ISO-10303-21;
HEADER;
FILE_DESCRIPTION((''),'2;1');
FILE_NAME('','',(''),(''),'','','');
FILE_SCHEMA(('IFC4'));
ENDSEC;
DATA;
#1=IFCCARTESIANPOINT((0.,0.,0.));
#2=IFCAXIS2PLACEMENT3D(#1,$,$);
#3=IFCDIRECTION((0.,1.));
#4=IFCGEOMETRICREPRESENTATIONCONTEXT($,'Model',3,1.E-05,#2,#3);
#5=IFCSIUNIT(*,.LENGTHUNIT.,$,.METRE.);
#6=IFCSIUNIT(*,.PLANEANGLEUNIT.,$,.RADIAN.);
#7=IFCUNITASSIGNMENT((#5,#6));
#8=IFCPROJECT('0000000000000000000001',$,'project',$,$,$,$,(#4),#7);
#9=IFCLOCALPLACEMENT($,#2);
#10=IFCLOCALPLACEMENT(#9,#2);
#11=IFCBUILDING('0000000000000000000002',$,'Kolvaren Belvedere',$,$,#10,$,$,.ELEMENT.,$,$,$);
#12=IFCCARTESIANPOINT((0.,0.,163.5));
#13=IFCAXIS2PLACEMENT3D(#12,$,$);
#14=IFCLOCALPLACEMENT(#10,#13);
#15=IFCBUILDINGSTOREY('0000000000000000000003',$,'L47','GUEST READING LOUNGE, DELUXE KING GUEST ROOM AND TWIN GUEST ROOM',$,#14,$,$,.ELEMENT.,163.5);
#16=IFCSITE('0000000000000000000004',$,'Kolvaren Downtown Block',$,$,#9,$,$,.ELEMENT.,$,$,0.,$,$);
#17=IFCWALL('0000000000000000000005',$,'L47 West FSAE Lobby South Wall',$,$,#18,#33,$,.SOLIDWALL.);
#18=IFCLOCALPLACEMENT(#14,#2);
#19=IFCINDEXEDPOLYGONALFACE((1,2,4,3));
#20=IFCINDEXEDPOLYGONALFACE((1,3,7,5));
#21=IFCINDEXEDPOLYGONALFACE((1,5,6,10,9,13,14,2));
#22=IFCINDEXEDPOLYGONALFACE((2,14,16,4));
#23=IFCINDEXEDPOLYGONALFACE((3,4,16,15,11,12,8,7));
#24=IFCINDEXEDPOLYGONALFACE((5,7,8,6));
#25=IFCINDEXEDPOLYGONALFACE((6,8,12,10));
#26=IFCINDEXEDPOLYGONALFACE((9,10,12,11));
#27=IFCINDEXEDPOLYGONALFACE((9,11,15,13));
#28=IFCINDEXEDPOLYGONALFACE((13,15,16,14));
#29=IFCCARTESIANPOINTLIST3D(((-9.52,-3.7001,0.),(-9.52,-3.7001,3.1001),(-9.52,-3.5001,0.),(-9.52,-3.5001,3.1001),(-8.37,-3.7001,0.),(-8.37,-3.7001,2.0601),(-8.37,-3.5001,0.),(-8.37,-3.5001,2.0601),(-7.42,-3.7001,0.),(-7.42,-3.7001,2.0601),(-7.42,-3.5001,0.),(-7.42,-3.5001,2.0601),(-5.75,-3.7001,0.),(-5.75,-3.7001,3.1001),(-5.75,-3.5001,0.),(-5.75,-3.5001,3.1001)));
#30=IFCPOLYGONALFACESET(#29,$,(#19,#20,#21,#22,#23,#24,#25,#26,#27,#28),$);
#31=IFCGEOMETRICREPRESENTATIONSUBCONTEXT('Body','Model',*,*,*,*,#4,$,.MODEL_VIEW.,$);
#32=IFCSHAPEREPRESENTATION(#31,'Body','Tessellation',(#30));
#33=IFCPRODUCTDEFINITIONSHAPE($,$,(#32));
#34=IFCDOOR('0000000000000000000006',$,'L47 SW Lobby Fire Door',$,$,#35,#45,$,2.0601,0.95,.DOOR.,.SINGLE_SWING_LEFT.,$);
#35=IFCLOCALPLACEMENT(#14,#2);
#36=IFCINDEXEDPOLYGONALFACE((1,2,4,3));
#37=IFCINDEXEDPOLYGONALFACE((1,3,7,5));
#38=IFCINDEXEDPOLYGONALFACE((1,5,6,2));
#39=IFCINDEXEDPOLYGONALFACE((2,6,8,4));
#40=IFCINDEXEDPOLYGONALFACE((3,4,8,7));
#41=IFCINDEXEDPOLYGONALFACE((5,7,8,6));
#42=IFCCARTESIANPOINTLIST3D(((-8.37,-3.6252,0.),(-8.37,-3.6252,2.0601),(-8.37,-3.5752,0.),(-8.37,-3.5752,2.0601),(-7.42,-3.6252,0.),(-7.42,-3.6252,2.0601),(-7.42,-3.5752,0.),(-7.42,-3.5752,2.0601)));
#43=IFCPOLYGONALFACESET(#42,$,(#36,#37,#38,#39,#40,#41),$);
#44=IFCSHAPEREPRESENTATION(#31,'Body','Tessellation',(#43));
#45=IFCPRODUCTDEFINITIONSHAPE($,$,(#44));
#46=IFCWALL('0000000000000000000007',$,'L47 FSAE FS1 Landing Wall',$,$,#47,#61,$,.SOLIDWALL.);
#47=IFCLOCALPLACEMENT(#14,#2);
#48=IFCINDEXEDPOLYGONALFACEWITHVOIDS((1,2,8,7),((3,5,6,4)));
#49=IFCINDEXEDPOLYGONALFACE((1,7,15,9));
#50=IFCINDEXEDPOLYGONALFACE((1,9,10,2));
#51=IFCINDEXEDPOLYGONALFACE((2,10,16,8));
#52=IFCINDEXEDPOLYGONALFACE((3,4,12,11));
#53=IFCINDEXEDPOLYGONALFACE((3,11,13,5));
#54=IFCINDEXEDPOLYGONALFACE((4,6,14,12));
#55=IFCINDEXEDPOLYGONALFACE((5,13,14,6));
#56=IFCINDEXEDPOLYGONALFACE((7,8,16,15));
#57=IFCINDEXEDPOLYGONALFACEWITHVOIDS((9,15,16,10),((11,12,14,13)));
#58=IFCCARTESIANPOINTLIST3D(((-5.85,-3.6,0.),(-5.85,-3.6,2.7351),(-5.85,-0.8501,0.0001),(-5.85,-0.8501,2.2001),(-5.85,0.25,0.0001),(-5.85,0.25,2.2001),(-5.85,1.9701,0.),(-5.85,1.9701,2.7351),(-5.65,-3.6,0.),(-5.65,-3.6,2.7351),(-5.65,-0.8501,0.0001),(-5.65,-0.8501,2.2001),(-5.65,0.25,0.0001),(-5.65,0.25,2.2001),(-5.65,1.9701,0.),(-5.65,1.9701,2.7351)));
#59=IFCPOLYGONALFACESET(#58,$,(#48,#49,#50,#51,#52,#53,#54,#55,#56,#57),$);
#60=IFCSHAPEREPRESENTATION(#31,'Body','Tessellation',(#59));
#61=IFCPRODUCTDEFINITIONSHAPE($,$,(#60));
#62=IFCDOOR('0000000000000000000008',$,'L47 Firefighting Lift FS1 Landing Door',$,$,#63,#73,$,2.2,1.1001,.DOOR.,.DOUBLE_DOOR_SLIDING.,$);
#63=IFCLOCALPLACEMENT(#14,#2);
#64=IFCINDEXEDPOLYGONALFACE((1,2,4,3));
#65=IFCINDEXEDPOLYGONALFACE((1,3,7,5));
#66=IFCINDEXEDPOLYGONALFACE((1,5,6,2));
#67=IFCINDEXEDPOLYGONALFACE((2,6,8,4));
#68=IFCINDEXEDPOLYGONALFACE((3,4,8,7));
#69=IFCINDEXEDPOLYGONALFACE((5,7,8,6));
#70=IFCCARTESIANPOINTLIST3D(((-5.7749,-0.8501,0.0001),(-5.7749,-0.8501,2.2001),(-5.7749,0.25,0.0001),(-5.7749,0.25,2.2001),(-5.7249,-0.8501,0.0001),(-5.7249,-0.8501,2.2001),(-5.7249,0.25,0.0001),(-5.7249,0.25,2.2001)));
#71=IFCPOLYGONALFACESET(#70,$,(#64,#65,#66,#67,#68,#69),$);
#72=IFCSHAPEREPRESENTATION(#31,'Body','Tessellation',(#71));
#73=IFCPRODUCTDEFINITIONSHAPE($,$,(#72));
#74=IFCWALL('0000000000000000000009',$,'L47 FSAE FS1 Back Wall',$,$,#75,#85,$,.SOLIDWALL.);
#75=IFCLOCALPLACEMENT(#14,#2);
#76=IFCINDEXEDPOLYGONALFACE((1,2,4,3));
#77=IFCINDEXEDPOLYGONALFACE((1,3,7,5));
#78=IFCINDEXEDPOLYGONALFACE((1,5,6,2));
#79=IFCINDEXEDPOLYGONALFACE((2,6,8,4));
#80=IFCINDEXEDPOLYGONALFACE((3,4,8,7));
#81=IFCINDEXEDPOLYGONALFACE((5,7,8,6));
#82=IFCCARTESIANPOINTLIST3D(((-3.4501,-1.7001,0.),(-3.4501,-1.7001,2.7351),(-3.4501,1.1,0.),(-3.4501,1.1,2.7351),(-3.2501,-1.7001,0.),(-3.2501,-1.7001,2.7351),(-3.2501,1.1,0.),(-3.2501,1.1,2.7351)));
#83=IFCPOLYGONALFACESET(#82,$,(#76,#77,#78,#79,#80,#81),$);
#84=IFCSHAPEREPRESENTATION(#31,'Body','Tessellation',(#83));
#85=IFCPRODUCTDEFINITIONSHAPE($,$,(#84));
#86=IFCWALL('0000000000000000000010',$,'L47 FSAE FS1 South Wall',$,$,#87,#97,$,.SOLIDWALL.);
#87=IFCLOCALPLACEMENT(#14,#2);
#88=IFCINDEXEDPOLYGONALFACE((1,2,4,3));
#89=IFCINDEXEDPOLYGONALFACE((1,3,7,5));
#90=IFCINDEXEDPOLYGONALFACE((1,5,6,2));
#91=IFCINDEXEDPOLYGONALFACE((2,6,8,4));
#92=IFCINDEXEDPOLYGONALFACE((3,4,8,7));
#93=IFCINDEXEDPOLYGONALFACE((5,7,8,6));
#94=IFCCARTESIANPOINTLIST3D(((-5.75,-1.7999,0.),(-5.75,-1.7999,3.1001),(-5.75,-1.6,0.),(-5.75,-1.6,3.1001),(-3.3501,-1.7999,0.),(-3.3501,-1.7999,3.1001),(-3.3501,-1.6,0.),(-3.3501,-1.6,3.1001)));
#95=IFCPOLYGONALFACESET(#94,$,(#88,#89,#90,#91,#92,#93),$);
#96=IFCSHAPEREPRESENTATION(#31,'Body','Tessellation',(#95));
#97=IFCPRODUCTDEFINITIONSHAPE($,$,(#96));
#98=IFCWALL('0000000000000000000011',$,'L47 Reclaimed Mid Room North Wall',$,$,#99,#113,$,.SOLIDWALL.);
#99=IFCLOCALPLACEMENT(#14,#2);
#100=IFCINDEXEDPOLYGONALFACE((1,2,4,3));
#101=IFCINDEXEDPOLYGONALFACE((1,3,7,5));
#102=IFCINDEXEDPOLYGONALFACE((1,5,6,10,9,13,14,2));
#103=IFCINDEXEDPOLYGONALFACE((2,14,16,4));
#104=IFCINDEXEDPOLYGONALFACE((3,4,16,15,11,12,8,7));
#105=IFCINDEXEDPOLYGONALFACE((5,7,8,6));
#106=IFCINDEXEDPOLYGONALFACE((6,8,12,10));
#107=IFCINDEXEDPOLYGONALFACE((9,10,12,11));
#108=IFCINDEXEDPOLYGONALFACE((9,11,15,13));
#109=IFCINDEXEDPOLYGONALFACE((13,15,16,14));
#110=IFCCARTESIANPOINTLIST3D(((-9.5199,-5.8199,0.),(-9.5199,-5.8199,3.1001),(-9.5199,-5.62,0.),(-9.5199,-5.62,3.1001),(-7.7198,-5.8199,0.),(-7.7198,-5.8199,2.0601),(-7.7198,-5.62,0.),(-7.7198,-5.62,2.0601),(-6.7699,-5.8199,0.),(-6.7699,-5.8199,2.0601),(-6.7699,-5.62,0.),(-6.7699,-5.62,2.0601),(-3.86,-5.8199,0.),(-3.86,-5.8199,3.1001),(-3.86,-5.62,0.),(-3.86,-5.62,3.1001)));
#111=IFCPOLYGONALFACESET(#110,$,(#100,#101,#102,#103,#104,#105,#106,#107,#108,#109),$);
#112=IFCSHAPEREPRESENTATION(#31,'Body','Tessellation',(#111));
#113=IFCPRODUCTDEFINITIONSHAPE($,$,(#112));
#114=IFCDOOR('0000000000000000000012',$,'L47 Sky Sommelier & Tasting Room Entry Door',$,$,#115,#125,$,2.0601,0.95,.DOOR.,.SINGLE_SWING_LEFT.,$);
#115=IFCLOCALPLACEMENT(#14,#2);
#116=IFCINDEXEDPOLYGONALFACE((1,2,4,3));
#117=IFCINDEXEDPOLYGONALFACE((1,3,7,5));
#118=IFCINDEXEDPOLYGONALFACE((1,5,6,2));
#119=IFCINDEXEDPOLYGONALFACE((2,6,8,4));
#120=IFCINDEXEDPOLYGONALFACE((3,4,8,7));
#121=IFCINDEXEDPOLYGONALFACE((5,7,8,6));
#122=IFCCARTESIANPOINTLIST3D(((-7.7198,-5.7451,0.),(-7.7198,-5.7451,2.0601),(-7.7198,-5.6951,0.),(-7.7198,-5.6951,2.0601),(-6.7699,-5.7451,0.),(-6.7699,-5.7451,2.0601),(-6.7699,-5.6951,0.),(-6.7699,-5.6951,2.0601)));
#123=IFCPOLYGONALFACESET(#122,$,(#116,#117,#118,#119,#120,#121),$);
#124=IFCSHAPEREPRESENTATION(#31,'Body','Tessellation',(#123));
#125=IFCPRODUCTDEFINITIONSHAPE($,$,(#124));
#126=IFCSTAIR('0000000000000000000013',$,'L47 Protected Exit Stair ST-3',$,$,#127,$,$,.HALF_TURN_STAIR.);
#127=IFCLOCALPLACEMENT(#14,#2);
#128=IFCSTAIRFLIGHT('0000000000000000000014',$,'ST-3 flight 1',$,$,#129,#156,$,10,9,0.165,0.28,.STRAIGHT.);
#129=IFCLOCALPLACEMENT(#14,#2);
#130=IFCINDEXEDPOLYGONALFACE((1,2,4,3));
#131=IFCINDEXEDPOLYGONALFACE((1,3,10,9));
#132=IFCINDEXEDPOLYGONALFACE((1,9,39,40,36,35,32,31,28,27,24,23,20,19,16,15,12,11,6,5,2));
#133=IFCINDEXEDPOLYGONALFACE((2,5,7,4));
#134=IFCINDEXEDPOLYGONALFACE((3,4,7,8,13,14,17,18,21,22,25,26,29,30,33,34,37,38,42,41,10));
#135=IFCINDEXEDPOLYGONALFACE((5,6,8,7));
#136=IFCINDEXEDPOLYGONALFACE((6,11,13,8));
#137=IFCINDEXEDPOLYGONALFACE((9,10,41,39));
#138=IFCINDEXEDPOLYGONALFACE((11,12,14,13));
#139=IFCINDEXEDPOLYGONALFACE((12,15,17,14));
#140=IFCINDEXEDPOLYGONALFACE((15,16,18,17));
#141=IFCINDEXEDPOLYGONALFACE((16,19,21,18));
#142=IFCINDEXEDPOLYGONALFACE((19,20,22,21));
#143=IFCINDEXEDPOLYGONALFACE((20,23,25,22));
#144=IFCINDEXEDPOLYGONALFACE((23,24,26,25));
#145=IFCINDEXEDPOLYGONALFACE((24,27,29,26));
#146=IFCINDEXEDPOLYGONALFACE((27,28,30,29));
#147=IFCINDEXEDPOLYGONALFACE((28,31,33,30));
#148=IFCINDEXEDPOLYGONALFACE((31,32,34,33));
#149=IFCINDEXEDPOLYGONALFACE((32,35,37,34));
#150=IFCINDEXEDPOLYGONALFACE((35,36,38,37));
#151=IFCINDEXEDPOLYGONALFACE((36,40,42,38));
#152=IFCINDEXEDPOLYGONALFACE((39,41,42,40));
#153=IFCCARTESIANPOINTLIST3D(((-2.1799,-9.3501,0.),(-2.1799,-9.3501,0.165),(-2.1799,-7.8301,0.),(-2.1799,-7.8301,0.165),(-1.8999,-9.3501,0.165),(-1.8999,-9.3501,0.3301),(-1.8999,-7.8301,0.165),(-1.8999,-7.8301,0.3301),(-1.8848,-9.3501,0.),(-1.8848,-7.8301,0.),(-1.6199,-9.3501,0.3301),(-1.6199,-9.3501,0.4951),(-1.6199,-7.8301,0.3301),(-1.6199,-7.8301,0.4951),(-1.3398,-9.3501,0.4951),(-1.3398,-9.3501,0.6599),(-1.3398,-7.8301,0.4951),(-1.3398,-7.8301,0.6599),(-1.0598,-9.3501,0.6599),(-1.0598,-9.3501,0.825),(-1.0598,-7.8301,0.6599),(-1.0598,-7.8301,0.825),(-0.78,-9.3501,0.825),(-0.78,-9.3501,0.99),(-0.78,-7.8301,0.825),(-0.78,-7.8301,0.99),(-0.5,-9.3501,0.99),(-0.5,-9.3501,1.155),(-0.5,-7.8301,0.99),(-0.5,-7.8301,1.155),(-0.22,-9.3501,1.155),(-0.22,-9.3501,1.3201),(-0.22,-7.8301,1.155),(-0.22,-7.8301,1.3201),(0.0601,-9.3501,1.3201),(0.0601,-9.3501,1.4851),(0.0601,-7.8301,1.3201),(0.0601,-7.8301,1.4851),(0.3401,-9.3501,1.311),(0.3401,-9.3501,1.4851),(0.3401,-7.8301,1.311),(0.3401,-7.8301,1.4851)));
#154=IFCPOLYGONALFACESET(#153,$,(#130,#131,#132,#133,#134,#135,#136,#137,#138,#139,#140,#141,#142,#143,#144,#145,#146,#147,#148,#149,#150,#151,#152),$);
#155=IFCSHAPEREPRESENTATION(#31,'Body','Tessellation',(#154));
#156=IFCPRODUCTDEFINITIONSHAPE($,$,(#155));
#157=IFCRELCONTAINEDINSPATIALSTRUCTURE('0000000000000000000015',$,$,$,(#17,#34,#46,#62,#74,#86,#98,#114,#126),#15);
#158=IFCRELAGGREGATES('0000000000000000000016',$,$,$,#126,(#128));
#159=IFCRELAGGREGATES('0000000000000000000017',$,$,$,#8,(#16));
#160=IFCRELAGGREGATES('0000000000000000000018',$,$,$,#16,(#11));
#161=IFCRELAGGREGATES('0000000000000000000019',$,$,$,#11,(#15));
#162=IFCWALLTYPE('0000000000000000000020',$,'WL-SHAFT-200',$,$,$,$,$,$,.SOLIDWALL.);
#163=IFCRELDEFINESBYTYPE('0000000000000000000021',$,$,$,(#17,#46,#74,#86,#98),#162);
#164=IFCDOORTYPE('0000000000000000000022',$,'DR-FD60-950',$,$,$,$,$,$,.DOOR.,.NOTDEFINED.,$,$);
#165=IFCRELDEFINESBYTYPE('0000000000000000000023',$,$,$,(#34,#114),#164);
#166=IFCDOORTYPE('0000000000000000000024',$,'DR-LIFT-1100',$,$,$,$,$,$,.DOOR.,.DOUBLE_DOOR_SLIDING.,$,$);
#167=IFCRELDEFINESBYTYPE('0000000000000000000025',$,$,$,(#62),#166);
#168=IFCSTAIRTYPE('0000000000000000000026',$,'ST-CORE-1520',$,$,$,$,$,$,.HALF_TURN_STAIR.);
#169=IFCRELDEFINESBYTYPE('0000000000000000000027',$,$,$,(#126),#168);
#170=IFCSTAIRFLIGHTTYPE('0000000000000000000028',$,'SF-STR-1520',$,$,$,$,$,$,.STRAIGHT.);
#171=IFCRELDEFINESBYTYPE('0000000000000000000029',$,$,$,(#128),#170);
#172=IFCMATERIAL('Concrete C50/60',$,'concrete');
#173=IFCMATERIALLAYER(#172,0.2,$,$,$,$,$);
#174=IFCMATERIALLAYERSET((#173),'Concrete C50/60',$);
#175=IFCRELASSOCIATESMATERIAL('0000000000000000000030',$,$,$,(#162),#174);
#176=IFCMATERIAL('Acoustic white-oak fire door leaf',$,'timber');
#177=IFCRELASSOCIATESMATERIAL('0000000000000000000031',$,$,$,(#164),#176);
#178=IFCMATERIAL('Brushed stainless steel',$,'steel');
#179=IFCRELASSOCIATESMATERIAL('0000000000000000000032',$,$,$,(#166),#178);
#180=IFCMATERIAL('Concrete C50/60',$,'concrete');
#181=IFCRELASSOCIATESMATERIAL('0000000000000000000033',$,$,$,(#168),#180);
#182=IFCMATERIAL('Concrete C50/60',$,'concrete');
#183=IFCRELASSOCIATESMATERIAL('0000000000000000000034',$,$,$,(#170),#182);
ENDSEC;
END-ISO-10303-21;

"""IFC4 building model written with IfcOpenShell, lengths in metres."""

from ifc_helpers import new_model, si_unit, direction, frame, frame_2d, origin, place, context, subcontext, project, spatial, polyline, rectangle, outline, extrude, material, layer, layer_set, type_object, element, fill, aggregate, save


model = new_model("IFC4")

# Units and contexts
model_context = context("Model", 3, precision=1e-05, world=origin(), true_north=direction((0.0, 1.0)))
body_context = subcontext(model_context, "Body", "Model", "MODEL_VIEW")
ifc_project = project(units=[si_unit("LENGTHUNIT", "METRE"), si_unit("PLANEANGLEUNIT", "RADIAN")], contexts=[model_context])

# Site, building, storey
site_placement = place(None, origin())
site = spatial("IfcSite", under=ifc_project, at=site_placement, Name="Kolvaren Downtown Block", CompositionType="ELEMENT", RefElevation=0.0)
building_placement = place(site_placement, origin())
building = spatial("IfcBuilding", under=site, at=building_placement, Name="Kolvaren Belvedere", CompositionType="ELEMENT")
storey_placement = place(building_placement, frame((0.0, 0.0, 163.5)))
storey = spatial("IfcBuildingStorey", under=building, at=storey_placement, Name="L47", Description="GUEST READING LOUNGE, DELUXE KING GUEST ROOM AND TWIN GUEST ROOM", CompositionType="ELEMENT", Elevation=163.5)

# Walls, openings, doors
ifc_material_1 = material(Name="Concrete C50/60", Category="concrete")
ifc_layer_1 = layer(ifc_material_1, 0.2)
ifc_layer_set_1 = layer_set([ifc_layer_1], Name="Concrete C50/60")
wall_type_1 = type_object("IfcWallType", Name="WL-SHAFT-200", PredefinedType="SOLIDWALL", material=ifc_layer_set_1)
wall_1_placement = place(storey_placement, frame((-9.52, -3.6001, 0.0), z_axis=(0.0, 0.0, 1.0), x_axis=(1.0, 0.0, 0.0)))
wall_1 = element("IfcWall", 1, at=wall_1_placement, inside=storey, type_object=wall_type_1, Name="L47 West FSAE Lobby South Wall", PredefinedType="SOLIDWALL", context=body_context, shape_type="SweptSolid", body=[
    extrude(rectangle(XDim=3.77, YDim=0.2, at=frame_2d((1.885, 0.0))), origin(), (0.0, 0.0, 1.0), 3.1001),
])
opening_1_placement = place(wall_1_placement, frame((1.1499, 0.0, 0.0)))
opening_1 = element("IfcOpeningElement", 2, at=opening_1_placement, cuts=wall_1, PredefinedType="OPENING", context=body_context, shape_type="SweptSolid", body=[
    extrude(rectangle(XDim=0.95, YDim=2.0601, at=frame_2d((0.4751, 1.03))), frame((0.0, 0.1099, 0.0), z_axis=(0.0, -1.0, 0.0), x_axis=(1.0, 0.0, 0.0)), (0.0, 0.0, 1.0), 0.22),
])
ifc_material_2 = material(Name="Acoustic white-oak fire door leaf", Category="timber")
door_type_1 = type_object("IfcDoorType", Name="DR-FD60-950", OperationType="NOTDEFINED", PredefinedType="DOOR", material=ifc_material_2)
door_1_placement = place(opening_1_placement, origin())
door_1 = element("IfcDoor", 3, at=door_1_placement, inside=storey, type_object=door_type_1, Name="L47 SW Lobby Fire Door", OperationType="SINGLE_SWING_LEFT", OverallHeight=2.0601, OverallWidth=0.95, PredefinedType="DOOR", context=body_context, shape_type="SweptSolid", body=[
    extrude(rectangle(XDim=0.95, YDim=2.0601, at=frame_2d((0.4751, 1.03))), frame((0.0, 0.0249, 0.0), z_axis=(0.0, -1.0, 0.0), x_axis=(1.0, 0.0, 0.0)), (0.0, 0.0, 1.0), 0.05),
])
fill(opening_1, door_1)
wall_2_placement = place(storey_placement, frame((-5.75, -3.6001, 0.0), z_axis=(0.0, 0.0, 1.0), x_axis=(0.0, 1.0, 0.0)))
wall_2 = element("IfcWall", 4, at=wall_2_placement, inside=storey, type_object=wall_type_1, Name="L47 FSAE FS1 Landing Wall", PredefinedType="SOLIDWALL", context=body_context, shape_type="SweptSolid", body=[
    extrude(rectangle(XDim=5.5701, YDim=0.2, at=frame_2d((2.7852, 0.0))), origin(), (0.0, 0.0, 1.0), 2.7351),
])
opening_2_placement = place(wall_2_placement, frame((2.75, 0.0, 0.0)))
opening_2 = element("IfcOpeningElement", 5, at=opening_2_placement, cuts=wall_2, PredefinedType="OPENING", context=body_context, shape_type="SweptSolid", body=[
    extrude(rectangle(XDim=1.1001, YDim=2.2, at=frame_2d((0.55, 1.1001))), frame((0.0, 0.1099, 0.0), z_axis=(0.0, -1.0, 0.0), x_axis=(1.0, 0.0, 0.0)), (0.0, 0.0, 1.0), 0.22),
])
ifc_material_3 = material(Name="Brushed stainless steel", Category="steel")
door_type_2 = type_object("IfcDoorType", Name="DR-LIFT-1100", OperationType="DOUBLE_DOOR_SLIDING", PredefinedType="DOOR", material=ifc_material_3)
door_2_placement = place(opening_2_placement, origin())
door_2 = element("IfcDoor", 6, at=door_2_placement, inside=storey, type_object=door_type_2, Name="L47 Firefighting Lift FS1 Landing Door", OperationType="DOUBLE_DOOR_SLIDING", OverallHeight=2.2, OverallWidth=1.1001, PredefinedType="DOOR", context=body_context, shape_type="SweptSolid", body=[
    extrude(rectangle(XDim=1.1001, YDim=2.2, at=frame_2d((0.55, 1.1001))), frame((0.0, 0.0249, 0.0), z_axis=(0.0, -1.0, 0.0), x_axis=(1.0, 0.0, 0.0)), (0.0, 0.0, 1.0), 0.05),
])
fill(opening_2, door_2)

# Walls
wall_3_placement = place(storey_placement, frame((-3.3501, -1.7, 0.0), z_axis=(0.0, 0.0, 1.0), x_axis=(0.0, 1.0, 0.0)))
element("IfcWall", 7, at=wall_3_placement, inside=storey, type_object=wall_type_1, Name="L47 FSAE FS1 Back Wall", PredefinedType="SOLIDWALL", context=body_context, shape_type="SweptSolid", body=[
    extrude(rectangle(XDim=2.8, YDim=0.2, at=frame_2d((1.3999, 0.0))), origin(), (0.0, 0.0, 1.0), 2.7351),
])
wall_4_placement = place(storey_placement, frame((-5.75, -1.7, 0.0), z_axis=(0.0, 0.0, 1.0), x_axis=(1.0, 0.0, 0.0)))
element("IfcWall", 8, at=wall_4_placement, inside=storey, type_object=wall_type_1, Name="L47 FSAE FS1 South Wall", PredefinedType="SOLIDWALL", context=body_context, shape_type="SweptSolid", body=[
    extrude(rectangle(XDim=2.3999, YDim=0.2, at=frame_2d((1.2, 0.0))), origin(), (0.0, 0.0, 1.0), 3.1001),
])

# Wall, opening, door
wall_5_placement = place(storey_placement, frame((-9.52, -5.72, 0.0), z_axis=(0.0, 0.0, 1.0), x_axis=(1.0, 0.0, 0.0)))
wall_5 = element("IfcWall", 9, at=wall_5_placement, inside=storey, type_object=wall_type_1, Name="L47 Reclaimed Mid Room North Wall", PredefinedType="SOLIDWALL", context=body_context, shape_type="SweptSolid", body=[
    extrude(rectangle(XDim=5.6599, YDim=0.2, at=frame_2d((2.8301, 0.0))), origin(), (0.0, 0.0, 1.0), 3.1001),
])
opening_3_placement = place(wall_5_placement, frame((1.8, 0.0, 0.0)))
opening_3 = element("IfcOpeningElement", 10, at=opening_3_placement, cuts=wall_5, PredefinedType="OPENING", context=body_context, shape_type="SweptSolid", body=[
    extrude(rectangle(XDim=0.95, YDim=2.0601, at=frame_2d((0.4751, 1.03))), frame((0.0, 0.1099, 0.0), z_axis=(0.0, -1.0, 0.0), x_axis=(1.0, 0.0, 0.0)), (0.0, 0.0, 1.0), 0.22),
])
door_3_placement = place(opening_3_placement, origin())
door_3 = element("IfcDoor", 11, at=door_3_placement, inside=storey, type_object=door_type_1, Name="L47 Sky Sommelier & Tasting Room Entry Door", OperationType="SINGLE_SWING_LEFT", OverallHeight=2.0601, OverallWidth=0.95, PredefinedType="DOOR", context=body_context, shape_type="SweptSolid", body=[
    extrude(rectangle(XDim=0.95, YDim=2.0601, at=frame_2d((0.4751, 1.03))), frame((0.0, 0.0249, 0.0), z_axis=(0.0, -1.0, 0.0), x_axis=(1.0, 0.0, 0.0)), (0.0, 0.0, 1.0), 0.05),
])
fill(opening_3, door_3)

# Stair, stair flight
ifc_material_4 = material(Name="Concrete C50/60", Category="concrete")
stair_type = type_object("IfcStairType", Name="ST-CORE-1520", PredefinedType="HALF_TURN_STAIR", material=ifc_material_4)
stair_placement = place(storey_placement, origin())
stair = element("IfcStair", 12, at=stair_placement, inside=storey, type_object=stair_type, Name="L47 Protected Exit Stair ST-3", PredefinedType="HALF_TURN_STAIR")
ifc_material_5 = material(Name="Concrete C50/60", Category="concrete")
stair_flight_type = type_object("IfcStairFlightType", Name="SF-STR-1520", PredefinedType="STRAIGHT", material=ifc_material_5)
stair_flight_placement = place(storey_placement, frame((-2.1799, -8.5901, 0.0), z_axis=(0.0, 0.0, 1.0), x_axis=(1.0, 0.0, 0.0)))
stair_flight = element("IfcStairFlight", 13, at=stair_flight_placement, type_object=stair_flight_type, Name="ST-3 flight 1", NumberOfRisers=10, NumberOfTreads=9, PredefinedType="STRAIGHT", RiserHeight=0.165, TreadLength=0.28, context=body_context, shape_type="SweptSolid", body=[
    extrude(outline(polyline([(0.0, 0.0), (0.0, 0.165), (0.28, 0.165), (0.28, 0.3301), (0.5601, 0.3301), (0.5601, 0.4951), (0.8401, 0.4951), (0.8401, 0.6599), (1.1201, 0.6599), (1.1201, 0.825), (1.3999, 0.825), (1.3999, 0.99), (1.6799, 0.99), (1.6799, 1.155), (1.96, 1.155), (1.96, 1.3201), (2.24, 1.3201), (2.24, 1.4851), (2.52, 1.4851), (2.52, 1.6499), (2.52, 1.311), (0.2952, 0.0), (0.0, 0.0)])), frame((0.0, 0.76, 0.0), z_axis=(0.0, -1.0, 0.0), x_axis=(1.0, 0.0, 0.0)), (0.0, 0.0, 1.0), 1.52),
])
aggregate(stair, [stair_flight])

save(model, "model.ifc")
